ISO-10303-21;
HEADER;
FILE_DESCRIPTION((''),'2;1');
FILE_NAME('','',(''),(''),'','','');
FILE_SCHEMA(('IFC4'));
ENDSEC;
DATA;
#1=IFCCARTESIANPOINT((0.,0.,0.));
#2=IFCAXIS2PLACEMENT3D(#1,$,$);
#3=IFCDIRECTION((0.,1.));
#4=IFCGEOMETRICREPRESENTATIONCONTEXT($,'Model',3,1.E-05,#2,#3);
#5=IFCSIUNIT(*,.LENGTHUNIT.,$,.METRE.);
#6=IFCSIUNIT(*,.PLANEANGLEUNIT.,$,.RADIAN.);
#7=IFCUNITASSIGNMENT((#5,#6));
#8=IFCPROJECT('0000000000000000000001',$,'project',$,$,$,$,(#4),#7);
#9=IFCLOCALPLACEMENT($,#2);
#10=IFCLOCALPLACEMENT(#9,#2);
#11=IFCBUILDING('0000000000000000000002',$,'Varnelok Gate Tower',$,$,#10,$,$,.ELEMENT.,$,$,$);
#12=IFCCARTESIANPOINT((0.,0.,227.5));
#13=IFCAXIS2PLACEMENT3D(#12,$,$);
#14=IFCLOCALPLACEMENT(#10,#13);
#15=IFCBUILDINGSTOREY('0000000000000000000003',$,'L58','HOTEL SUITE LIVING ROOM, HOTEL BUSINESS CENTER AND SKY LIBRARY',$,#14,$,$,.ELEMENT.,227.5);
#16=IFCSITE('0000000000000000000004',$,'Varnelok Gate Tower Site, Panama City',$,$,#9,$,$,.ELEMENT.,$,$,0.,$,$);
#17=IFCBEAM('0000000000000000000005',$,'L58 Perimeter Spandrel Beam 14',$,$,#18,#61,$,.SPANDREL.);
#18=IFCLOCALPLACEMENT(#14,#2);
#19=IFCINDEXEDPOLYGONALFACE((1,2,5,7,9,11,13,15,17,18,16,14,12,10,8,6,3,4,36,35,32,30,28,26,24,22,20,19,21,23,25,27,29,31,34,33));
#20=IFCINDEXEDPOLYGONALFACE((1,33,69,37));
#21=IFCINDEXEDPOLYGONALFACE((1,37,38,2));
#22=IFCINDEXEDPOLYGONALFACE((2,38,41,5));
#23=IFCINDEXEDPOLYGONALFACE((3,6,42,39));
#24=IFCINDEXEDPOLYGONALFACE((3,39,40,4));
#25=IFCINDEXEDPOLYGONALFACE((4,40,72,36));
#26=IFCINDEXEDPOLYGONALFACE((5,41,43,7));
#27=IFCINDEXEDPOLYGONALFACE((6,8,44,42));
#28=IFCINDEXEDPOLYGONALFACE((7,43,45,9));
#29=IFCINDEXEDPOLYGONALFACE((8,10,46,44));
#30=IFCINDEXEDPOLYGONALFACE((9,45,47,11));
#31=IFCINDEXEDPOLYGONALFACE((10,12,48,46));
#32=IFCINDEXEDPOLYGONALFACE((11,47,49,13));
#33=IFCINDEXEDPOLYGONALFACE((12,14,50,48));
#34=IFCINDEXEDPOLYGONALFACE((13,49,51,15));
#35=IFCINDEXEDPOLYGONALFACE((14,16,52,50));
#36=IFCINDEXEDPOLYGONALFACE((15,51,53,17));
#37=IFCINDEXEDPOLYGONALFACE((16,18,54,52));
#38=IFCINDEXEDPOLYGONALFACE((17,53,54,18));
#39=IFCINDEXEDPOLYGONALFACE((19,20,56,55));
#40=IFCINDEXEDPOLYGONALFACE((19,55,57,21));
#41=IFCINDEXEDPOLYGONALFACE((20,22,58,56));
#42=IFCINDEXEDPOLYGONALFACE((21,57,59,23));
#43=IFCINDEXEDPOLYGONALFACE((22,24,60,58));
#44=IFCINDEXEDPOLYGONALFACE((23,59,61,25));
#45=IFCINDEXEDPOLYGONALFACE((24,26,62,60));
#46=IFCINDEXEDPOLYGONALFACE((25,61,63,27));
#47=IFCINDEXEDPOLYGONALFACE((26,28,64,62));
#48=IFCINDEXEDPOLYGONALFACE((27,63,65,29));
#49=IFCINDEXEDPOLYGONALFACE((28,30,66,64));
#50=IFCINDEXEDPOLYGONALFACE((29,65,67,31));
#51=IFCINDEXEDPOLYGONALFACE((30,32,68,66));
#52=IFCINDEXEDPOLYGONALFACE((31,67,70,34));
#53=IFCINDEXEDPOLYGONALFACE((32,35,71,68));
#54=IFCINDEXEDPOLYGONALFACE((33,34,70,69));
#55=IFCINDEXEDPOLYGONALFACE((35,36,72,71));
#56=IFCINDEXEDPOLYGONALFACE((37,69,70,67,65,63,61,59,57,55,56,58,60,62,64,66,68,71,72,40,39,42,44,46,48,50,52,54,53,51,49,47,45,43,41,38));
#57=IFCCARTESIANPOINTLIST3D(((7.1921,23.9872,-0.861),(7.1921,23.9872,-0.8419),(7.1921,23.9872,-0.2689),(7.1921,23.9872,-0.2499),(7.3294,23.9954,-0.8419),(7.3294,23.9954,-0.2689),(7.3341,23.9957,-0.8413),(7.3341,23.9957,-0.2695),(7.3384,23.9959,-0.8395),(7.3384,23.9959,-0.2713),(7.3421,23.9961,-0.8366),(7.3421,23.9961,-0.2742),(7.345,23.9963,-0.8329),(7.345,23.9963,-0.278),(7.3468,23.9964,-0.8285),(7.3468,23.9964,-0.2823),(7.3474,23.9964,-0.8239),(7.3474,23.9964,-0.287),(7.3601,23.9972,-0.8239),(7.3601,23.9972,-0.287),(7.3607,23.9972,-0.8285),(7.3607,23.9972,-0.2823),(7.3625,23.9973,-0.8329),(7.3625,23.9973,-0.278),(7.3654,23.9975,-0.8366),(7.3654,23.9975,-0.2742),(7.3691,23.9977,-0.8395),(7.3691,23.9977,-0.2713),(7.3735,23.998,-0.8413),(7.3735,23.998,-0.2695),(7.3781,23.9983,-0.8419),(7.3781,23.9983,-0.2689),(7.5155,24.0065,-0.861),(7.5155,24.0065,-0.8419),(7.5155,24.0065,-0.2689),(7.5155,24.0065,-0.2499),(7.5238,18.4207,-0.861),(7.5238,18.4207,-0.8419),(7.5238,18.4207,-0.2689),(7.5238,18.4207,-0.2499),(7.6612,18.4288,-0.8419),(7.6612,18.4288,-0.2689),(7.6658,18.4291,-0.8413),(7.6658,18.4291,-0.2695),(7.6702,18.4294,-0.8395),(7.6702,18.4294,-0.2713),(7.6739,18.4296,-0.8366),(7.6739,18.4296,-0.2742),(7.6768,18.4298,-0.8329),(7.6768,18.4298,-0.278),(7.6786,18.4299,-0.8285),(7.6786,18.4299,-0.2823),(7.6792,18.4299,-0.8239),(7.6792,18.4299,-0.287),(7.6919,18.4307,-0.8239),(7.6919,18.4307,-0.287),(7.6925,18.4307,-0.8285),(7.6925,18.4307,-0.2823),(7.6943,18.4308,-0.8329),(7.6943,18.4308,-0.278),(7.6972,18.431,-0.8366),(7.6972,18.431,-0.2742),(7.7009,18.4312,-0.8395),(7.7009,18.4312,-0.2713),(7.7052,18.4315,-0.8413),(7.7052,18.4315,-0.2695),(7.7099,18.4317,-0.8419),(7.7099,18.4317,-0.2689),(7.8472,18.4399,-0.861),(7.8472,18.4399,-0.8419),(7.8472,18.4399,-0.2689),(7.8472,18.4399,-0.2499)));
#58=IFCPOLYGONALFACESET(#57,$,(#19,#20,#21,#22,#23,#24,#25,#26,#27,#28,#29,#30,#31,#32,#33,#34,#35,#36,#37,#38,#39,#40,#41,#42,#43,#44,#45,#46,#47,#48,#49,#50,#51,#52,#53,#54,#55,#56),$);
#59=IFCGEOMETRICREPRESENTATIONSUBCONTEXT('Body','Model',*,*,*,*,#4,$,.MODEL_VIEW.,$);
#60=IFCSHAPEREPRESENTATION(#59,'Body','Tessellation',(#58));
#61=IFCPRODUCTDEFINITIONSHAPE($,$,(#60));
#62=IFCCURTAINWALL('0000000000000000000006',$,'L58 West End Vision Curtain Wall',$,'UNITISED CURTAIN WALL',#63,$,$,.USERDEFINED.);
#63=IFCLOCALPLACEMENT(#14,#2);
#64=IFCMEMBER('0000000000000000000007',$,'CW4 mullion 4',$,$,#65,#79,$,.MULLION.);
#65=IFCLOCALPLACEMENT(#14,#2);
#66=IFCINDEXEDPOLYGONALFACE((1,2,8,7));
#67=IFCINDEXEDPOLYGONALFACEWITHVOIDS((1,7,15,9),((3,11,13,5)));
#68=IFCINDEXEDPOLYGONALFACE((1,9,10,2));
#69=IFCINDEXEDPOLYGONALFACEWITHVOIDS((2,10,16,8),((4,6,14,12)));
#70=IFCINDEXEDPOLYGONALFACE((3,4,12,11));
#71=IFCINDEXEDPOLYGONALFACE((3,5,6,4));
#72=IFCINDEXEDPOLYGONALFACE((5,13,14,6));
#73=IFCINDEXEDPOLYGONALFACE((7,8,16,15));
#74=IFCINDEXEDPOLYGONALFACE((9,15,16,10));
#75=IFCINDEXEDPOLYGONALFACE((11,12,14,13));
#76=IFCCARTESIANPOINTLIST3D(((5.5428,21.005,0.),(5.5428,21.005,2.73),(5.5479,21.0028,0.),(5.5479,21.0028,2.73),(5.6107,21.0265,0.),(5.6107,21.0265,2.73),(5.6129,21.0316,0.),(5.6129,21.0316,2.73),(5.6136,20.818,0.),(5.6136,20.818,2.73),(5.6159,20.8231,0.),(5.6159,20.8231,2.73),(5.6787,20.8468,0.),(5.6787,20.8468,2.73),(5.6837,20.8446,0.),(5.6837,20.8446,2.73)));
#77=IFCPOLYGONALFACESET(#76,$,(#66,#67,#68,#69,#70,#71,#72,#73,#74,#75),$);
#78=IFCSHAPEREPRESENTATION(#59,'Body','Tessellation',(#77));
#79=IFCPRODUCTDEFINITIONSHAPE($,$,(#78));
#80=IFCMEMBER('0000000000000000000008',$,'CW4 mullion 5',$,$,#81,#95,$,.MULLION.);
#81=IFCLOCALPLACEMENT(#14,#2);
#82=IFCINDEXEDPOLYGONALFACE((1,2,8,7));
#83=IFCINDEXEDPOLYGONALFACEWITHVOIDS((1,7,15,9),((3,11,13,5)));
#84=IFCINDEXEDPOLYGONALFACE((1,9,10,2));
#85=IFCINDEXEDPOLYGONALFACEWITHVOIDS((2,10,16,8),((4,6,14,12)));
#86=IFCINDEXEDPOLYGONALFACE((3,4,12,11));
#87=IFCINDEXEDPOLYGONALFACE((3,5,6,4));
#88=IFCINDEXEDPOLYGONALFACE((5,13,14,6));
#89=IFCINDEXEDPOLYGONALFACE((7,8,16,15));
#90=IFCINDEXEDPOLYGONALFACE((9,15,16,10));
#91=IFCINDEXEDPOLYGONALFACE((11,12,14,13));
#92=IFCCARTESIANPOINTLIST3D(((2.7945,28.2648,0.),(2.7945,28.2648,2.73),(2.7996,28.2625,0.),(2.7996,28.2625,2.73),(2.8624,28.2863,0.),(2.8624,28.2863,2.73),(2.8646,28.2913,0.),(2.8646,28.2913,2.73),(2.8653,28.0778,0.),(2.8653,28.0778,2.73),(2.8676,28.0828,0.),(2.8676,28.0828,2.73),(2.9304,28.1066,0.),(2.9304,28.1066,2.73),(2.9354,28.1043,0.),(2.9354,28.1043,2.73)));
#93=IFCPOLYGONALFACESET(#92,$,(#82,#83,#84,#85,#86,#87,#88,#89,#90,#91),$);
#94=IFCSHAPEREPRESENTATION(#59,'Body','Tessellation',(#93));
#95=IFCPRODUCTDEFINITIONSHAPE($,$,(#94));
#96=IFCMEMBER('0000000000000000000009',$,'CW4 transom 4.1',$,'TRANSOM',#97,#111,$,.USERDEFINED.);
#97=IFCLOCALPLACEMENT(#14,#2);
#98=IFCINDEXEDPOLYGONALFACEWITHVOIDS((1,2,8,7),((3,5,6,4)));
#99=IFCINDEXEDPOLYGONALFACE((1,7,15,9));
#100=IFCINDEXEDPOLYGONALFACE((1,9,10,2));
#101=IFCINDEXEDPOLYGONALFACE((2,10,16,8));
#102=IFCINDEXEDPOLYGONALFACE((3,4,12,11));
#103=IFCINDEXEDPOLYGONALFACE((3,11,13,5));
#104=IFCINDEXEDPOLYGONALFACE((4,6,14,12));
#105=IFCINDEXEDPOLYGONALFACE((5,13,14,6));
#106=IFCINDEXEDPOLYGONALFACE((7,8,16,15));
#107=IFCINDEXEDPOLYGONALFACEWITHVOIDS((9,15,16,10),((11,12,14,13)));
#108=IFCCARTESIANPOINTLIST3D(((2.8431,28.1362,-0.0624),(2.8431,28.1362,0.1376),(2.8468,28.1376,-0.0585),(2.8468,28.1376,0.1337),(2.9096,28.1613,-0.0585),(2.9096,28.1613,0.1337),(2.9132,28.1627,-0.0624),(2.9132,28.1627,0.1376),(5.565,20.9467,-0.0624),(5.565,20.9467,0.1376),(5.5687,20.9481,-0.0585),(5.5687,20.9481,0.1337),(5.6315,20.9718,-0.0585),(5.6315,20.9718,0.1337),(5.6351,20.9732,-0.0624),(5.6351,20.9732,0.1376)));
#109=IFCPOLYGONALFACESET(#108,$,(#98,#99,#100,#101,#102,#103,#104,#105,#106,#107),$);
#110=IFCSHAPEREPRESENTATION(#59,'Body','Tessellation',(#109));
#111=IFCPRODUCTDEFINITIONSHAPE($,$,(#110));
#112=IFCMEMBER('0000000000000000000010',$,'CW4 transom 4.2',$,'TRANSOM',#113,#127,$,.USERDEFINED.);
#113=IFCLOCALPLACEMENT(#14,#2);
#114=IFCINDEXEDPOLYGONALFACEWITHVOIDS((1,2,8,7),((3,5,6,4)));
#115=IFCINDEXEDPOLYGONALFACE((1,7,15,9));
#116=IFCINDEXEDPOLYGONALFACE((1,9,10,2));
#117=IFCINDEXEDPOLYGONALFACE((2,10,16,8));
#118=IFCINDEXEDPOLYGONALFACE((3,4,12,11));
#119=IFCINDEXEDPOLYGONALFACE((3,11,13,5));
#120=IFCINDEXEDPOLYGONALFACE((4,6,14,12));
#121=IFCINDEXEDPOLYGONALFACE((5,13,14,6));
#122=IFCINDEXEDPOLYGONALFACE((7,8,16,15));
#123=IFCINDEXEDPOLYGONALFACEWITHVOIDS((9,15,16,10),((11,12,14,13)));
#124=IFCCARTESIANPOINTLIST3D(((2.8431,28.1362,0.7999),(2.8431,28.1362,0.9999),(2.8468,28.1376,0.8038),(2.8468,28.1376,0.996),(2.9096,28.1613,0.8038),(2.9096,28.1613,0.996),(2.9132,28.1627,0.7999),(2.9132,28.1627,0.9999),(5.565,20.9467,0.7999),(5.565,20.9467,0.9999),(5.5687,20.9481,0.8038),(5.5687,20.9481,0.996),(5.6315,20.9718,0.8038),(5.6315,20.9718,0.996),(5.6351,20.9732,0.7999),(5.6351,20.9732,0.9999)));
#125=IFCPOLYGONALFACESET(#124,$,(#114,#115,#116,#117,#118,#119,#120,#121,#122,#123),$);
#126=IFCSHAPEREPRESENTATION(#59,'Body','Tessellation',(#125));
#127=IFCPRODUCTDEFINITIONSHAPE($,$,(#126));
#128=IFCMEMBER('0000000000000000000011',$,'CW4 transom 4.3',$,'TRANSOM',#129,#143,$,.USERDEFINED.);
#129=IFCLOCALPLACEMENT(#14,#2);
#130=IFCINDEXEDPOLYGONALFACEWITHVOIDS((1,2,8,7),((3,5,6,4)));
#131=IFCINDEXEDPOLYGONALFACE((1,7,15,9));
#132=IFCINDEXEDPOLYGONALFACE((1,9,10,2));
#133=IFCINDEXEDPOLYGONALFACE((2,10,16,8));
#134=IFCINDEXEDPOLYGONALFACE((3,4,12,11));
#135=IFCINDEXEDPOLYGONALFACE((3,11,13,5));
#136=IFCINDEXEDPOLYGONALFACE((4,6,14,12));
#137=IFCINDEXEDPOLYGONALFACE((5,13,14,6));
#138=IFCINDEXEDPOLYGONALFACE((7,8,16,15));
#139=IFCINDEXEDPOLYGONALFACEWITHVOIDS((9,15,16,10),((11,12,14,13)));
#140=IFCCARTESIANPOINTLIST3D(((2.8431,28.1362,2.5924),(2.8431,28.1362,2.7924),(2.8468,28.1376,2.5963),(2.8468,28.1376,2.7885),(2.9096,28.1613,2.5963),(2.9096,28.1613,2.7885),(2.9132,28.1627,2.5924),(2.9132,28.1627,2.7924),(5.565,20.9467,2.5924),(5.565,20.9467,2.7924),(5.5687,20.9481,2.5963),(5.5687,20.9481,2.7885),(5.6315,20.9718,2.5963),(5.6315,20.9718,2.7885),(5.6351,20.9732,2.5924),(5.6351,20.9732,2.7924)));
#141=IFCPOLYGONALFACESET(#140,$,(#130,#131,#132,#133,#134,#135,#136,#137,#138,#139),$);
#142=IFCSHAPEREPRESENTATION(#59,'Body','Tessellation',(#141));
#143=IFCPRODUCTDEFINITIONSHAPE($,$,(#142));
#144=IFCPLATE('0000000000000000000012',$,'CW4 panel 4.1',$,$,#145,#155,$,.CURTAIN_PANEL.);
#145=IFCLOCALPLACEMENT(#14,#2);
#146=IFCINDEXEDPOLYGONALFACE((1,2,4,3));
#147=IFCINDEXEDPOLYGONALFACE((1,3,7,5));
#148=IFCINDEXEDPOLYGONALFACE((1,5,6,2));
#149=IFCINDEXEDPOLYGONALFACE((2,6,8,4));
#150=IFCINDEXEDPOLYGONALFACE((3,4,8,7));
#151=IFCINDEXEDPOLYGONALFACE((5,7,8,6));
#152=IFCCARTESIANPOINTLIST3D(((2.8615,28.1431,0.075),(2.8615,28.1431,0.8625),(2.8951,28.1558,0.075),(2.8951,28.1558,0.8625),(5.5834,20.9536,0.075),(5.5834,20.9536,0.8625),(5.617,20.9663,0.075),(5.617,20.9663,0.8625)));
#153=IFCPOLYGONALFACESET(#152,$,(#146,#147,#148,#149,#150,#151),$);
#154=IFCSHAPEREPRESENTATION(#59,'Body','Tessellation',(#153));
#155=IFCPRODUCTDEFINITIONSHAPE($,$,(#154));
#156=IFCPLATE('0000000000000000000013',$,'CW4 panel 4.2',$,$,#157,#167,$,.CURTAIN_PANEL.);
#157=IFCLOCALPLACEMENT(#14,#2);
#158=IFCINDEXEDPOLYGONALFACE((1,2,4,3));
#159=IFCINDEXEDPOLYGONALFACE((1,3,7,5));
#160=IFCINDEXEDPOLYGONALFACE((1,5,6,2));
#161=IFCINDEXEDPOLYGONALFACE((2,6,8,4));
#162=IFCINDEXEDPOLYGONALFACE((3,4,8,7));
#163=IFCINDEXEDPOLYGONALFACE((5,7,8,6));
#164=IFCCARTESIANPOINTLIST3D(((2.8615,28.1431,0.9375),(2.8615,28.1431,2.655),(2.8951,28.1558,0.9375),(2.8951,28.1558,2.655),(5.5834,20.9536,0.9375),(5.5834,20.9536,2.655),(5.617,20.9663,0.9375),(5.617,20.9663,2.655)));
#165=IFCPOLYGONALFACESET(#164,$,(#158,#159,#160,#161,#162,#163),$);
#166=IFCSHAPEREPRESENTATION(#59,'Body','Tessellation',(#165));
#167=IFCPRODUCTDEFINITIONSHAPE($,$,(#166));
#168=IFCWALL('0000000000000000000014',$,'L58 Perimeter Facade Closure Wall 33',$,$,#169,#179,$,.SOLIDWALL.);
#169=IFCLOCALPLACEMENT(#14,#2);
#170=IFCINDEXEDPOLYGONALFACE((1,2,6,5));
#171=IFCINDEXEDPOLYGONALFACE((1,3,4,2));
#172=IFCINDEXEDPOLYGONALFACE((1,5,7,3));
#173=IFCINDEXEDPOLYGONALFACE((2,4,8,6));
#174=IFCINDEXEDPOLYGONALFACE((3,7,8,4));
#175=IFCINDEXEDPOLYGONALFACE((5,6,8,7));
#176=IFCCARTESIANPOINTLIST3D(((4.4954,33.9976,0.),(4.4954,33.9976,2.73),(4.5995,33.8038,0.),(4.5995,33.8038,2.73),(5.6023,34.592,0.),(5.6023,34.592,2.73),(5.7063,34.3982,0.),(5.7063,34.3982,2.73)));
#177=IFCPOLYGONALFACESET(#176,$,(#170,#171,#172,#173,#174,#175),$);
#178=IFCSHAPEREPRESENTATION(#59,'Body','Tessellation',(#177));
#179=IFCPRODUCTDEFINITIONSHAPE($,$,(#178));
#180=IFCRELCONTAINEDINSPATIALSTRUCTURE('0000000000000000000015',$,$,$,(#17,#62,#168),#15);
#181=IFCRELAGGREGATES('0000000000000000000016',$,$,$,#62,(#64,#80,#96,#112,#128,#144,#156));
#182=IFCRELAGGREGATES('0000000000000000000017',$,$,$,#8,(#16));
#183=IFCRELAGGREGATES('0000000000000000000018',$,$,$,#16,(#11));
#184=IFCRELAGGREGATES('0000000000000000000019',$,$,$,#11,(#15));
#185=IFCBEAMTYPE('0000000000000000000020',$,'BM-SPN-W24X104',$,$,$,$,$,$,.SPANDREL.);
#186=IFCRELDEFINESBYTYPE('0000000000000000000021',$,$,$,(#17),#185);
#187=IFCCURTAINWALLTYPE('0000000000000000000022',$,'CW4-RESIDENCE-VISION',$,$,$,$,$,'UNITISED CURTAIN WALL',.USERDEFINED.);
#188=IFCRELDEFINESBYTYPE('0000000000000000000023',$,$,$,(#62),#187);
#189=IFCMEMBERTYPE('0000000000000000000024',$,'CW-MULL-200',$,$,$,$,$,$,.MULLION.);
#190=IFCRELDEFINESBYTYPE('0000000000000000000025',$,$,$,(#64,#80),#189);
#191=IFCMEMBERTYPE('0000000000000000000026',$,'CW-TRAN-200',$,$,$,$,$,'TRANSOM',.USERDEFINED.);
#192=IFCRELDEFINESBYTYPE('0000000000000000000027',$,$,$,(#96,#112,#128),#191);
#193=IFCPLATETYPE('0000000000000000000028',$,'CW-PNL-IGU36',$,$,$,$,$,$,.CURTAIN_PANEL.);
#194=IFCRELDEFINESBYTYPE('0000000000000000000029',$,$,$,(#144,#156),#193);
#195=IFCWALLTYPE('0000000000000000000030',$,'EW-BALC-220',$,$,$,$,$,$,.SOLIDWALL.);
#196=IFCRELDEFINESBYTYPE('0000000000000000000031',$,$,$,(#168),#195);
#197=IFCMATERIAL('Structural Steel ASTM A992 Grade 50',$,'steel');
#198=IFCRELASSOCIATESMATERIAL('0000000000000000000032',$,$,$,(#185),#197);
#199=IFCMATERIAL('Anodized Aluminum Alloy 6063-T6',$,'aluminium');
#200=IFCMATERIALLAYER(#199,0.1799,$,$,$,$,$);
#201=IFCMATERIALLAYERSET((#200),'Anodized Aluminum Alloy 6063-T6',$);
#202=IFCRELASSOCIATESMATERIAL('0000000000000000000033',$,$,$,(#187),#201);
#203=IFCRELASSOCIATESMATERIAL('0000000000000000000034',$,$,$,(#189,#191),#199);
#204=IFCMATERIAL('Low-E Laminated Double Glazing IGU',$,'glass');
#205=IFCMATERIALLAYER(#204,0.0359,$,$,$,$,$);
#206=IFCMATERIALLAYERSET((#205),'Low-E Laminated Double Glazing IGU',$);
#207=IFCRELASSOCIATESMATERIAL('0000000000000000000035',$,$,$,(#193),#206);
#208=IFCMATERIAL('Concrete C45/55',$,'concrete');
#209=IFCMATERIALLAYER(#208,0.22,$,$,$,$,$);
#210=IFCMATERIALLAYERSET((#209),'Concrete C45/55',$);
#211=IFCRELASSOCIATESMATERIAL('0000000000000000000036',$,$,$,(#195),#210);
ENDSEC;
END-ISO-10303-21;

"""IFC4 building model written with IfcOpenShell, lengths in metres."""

from ifc_helpers import new_model, si_unit, direction, frame, frame_2d, origin, origin_2d, place, context, subcontext, project, spatial, rectangle, hollow_rectangle, i_section, extrude, source, transform, mapped, material, layer, layer_set, material_profile, profile_set, type_object, element, aggregate, save


model = new_model("IFC4")

# Units and contexts
model_context = context("Model", 3, precision=1e-05, world=origin(), true_north=direction((0.0, 1.0)))
body_context = subcontext(model_context, "Body", "Model", "MODEL_VIEW")
ifc_project = project(units=[si_unit("LENGTHUNIT", "METRE"), si_unit("PLANEANGLEUNIT", "RADIAN")], contexts=[model_context])

# Site, building, storey
site_placement = place(None, origin())
site = spatial("IfcSite", under=ifc_project, at=site_placement, Name="Varnelok Gate Tower Site, Panama City", CompositionType="ELEMENT", RefElevation=0.0)
building_placement = place(site_placement, origin())
building = spatial("IfcBuilding", under=site, at=building_placement, Name="Varnelok Gate Tower", CompositionType="ELEMENT")
storey_placement = place(building_placement, frame((0.0, 0.0, 227.5)))
storey = spatial("IfcBuildingStorey", under=building, at=storey_placement, Name="L58", Description="HOTEL SUITE LIVING ROOM, HOTEL BUSINESS CENTER AND SKY LIBRARY", CompositionType="ELEMENT", Elevation=227.5)

# Shared definitions
ifc_material_1 = material(Name="Structural Steel ASTM A992 Grade 50", Category="steel")

# Beam
ifc_material_profile_1 = material_profile(ifc_material_1, i_section(OverallWidth=0.324, OverallDepth=0.6111, WebThickness=0.0127, FlangeThickness=0.019, FilletRadius=0.0181, at=origin_2d()), Name="W24X104")
ifc_profile_set_1 = profile_set([ifc_material_profile_1], Name="Structural Steel ASTM A992 Grade 50")
beam_type_1 = type_object("IfcBeamType", Name="BM-SPN-W24X104", PredefinedType="SPANDREL", material=ifc_profile_set_1)
beam_1_placement = place(storey_placement, frame((7.3538, 23.9968, -0.5554), z_axis=(0.059497, -0.998228, 0.0), x_axis=(0.998228, 0.059497, 0.0)))
element("IfcBeam", 1, at=beam_1_placement, inside=storey, type_object=beam_type_1, Name="L58 Perimeter Spandrel Beam 14", PredefinedType="SPANDREL", context=body_context, shape_type="SweptSolid", body=[
    extrude(i_section(OverallWidth=0.324, OverallDepth=0.6111, WebThickness=0.0127, FlangeThickness=0.019, FilletRadius=0.0181, at=origin_2d()), origin(), (0.0, 0.0, 1.0), 5.5764),
])

# Curtain wall, members, plates
ifc_material_2 = material(Name="Anodized Aluminum Alloy 6063-T6", Category="aluminium")
ifc_layer_1 = layer(ifc_material_2, 0.1799)
ifc_layer_set_1 = layer_set([ifc_layer_1], Name="Anodized Aluminum Alloy 6063-T6")
curtain_wall_type = type_object("IfcCurtainWallType", Name="CW4-RESIDENCE-VISION", ElementType="UNITISED CURTAIN WALL", PredefinedType="USERDEFINED", material=ifc_layer_set_1)
curtain_wall_placement = place(storey_placement, origin())
curtain_wall = element("IfcCurtainWall", 2, at=curtain_wall_placement, inside=storey, type_object=curtain_wall_type, Name="L58 West End Vision Curtain Wall", ObjectType="UNITISED CURTAIN WALL", PredefinedType="USERDEFINED")
ifc_material_profile_2 = material_profile(ifc_material_2, hollow_rectangle(XDim=0.075, YDim=0.2, WallThickness=0.0039, at=origin_2d()), Name="ALU200X75X4")
ifc_profile_set_2 = profile_set([ifc_material_profile_2], Name="Anodized Aluminum Alloy 6063-T6")
member_type_1 = type_object("IfcMemberType", Name="CW-MULL-200", PredefinedType="MULLION", material=ifc_profile_set_2)
member_1_placement = place(storey_placement, frame((5.6133, 20.9248, 0.0), z_axis=(0.0, 0.0, 1.0), x_axis=(-0.935222, -0.354063, 0.0)))
member_1 = element("IfcMember", 3, at=member_1_placement, type_object=member_type_1, Name="CW4 mullion 4", PredefinedType="MULLION", context=body_context, shape_type="SweptSolid", body=[
    extrude(hollow_rectangle(XDim=0.075, YDim=0.2, WallThickness=0.0039, at=origin_2d()), origin(), (0.0, 0.0, 1.0), 2.73),
])
member_2_placement = place(storey_placement, frame((2.865, 28.1846, 0.0), z_axis=(0.0, 0.0, 1.0), x_axis=(-0.935222, -0.354063, 0.0)))
member_2 = element("IfcMember", 4, at=member_2_placement, type_object=member_type_1, Name="CW4 mullion 5", PredefinedType="MULLION", context=body_context, shape_type="SweptSolid", body=[
    extrude(hollow_rectangle(XDim=0.075, YDim=0.2, WallThickness=0.0039, at=origin_2d()), origin(), (0.0, 0.0, 1.0), 2.73),
])
ifc_material_profile_3 = material_profile(ifc_material_2, hollow_rectangle(XDim=0.075, YDim=0.2, WallThickness=0.0039, at=origin_2d()), Name="ALU200X75X4")
ifc_profile_set_3 = profile_set([ifc_material_profile_3], Name="Anodized Aluminum Alloy 6063-T6")
member_type_2 = type_object("IfcMemberType", Name="CW-TRAN-200", ElementType="TRANSOM", PredefinedType="USERDEFINED", material=ifc_profile_set_3)
member_3_placement = place(storey_placement, frame((5.6001, 20.96, 0.0376), z_axis=(-0.354073, 0.935218, 0.0), x_axis=(-0.935218, -0.354073, 0.0)))
member_3 = element("IfcMember", 5, at=member_3_placement, type_object=member_type_2, Name="CW4 transom 4.1", ObjectType="TRANSOM", PredefinedType="USERDEFINED", context=body_context, shape_type="SweptSolid", body=[
    extrude(hollow_rectangle(XDim=0.075, YDim=0.2, WallThickness=0.0039, at=origin_2d()), origin(), (0.0, 0.0, 1.0), 7.6875),
])
member_4_placement = place(storey_placement, frame((5.6001, 20.96, 0.8999), z_axis=(-0.354073, 0.935218, 0.0), x_axis=(-0.935218, -0.354073, 0.0)))
member_4 = element("IfcMember", 6, at=member_4_placement, type_object=member_type_2, Name="CW4 transom 4.2", ObjectType="TRANSOM", PredefinedType="USERDEFINED", context=body_context, shape_type="SweptSolid", body=[
    extrude(hollow_rectangle(XDim=0.075, YDim=0.2, WallThickness=0.0039, at=origin_2d()), origin(), (0.0, 0.0, 1.0), 7.6875),
])
member_5_placement = place(storey_placement, frame((5.6001, 20.96, 2.6924), z_axis=(-0.354073, 0.935218, 0.0), x_axis=(-0.935218, -0.354073, 0.0)))
member_5 = element("IfcMember", 7, at=member_5_placement, type_object=member_type_2, Name="CW4 transom 4.3", ObjectType="TRANSOM", PredefinedType="USERDEFINED", context=body_context, shape_type="SweptSolid", body=[
    extrude(hollow_rectangle(XDim=0.075, YDim=0.2, WallThickness=0.0039, at=origin_2d()), origin(), (0.0, 0.0, 1.0), 7.6875),
])
ifc_material_3 = material(Name="Low-E Laminated Double Glazing IGU", Category="glass")
ifc_layer_2 = layer(ifc_material_3, 0.0359)
ifc_layer_set_2 = layer_set([ifc_layer_2], Name="Low-E Laminated Double Glazing IGU")
plate_type = type_object("IfcPlateType", Name="CW-PNL-IGU36", PredefinedType="CURTAIN_PANEL", material=ifc_layer_set_2)
shared_shape_1 = source(origin(), body_context, "Body", "SweptSolid", [
    extrude(rectangle(XDim=7.6875, YDim=0.0359, at=origin_2d()), origin(), (0.0, 0.0, 1.0), 0.7876),
])
plate_1_placement = place(storey_placement, frame((4.2393, 24.5547, 0.075), z_axis=(0.0, 0.0, 1.0), x_axis=(-0.354063, 0.935222, 0.0)))
plate_1 = element("IfcPlate", 8, at=plate_1_placement, type_object=plate_type, Name="CW4 panel 4.1", PredefinedType="CURTAIN_PANEL", context=body_context, shape_type="MappedRepresentation", body=[
    mapped(shared_shape_1, transform((0.0, 0.0, 0.0), scale=1.0)),
])
shared_shape_2 = source(origin(), body_context, "Body", "SweptSolid", [
    extrude(rectangle(XDim=7.6875, YDim=0.0359, at=origin_2d()), origin(), (0.0, 0.0, 1.0), 1.7175),
])
plate_2_placement = place(storey_placement, frame((4.2393, 24.5547, 0.9375), z_axis=(0.0, 0.0, 1.0), x_axis=(-0.354063, 0.935222, 0.0)))
plate_2 = element("IfcPlate", 9, at=plate_2_placement, type_object=plate_type, Name="CW4 panel 4.2", PredefinedType="CURTAIN_PANEL", context=body_context, shape_type="MappedRepresentation", body=[
    mapped(shared_shape_2, transform((0.0, 0.0, 0.0), scale=1.0)),
])
aggregate(curtain_wall, [member_1, member_2, member_3, member_4, member_5, plate_1, plate_2])

# Wall
ifc_material_4 = material(Name="Concrete C45/55", Category="concrete")
ifc_layer_3 = layer(ifc_material_4, 0.22)
ifc_layer_set_3 = layer_set([ifc_layer_3], Name="Concrete C45/55")
wall_type_1 = type_object("IfcWallType", Name="EW-BALC-220", PredefinedType="SOLIDWALL", material=ifc_layer_set_3)
wall_1_placement = place(storey_placement, frame((5.6543, 34.4951, 0.0), z_axis=(0.0, 0.0, 1.0), x_axis=(-0.880988, -0.473138, 0.0)))
element("IfcWall", 10, at=wall_1_placement, inside=storey, type_object=wall_type_1, Name="L58 Perimeter Facade Closure Wall 33", PredefinedType="SOLIDWALL", context=body_context, shape_type="SweptSolid", body=[
    extrude(rectangle(XDim=1.2563, YDim=0.22, at=frame_2d((0.6282, 0.0))), origin(), (0.0, 0.0, 1.0), 2.73),
])

save(model, "model.ifc")
